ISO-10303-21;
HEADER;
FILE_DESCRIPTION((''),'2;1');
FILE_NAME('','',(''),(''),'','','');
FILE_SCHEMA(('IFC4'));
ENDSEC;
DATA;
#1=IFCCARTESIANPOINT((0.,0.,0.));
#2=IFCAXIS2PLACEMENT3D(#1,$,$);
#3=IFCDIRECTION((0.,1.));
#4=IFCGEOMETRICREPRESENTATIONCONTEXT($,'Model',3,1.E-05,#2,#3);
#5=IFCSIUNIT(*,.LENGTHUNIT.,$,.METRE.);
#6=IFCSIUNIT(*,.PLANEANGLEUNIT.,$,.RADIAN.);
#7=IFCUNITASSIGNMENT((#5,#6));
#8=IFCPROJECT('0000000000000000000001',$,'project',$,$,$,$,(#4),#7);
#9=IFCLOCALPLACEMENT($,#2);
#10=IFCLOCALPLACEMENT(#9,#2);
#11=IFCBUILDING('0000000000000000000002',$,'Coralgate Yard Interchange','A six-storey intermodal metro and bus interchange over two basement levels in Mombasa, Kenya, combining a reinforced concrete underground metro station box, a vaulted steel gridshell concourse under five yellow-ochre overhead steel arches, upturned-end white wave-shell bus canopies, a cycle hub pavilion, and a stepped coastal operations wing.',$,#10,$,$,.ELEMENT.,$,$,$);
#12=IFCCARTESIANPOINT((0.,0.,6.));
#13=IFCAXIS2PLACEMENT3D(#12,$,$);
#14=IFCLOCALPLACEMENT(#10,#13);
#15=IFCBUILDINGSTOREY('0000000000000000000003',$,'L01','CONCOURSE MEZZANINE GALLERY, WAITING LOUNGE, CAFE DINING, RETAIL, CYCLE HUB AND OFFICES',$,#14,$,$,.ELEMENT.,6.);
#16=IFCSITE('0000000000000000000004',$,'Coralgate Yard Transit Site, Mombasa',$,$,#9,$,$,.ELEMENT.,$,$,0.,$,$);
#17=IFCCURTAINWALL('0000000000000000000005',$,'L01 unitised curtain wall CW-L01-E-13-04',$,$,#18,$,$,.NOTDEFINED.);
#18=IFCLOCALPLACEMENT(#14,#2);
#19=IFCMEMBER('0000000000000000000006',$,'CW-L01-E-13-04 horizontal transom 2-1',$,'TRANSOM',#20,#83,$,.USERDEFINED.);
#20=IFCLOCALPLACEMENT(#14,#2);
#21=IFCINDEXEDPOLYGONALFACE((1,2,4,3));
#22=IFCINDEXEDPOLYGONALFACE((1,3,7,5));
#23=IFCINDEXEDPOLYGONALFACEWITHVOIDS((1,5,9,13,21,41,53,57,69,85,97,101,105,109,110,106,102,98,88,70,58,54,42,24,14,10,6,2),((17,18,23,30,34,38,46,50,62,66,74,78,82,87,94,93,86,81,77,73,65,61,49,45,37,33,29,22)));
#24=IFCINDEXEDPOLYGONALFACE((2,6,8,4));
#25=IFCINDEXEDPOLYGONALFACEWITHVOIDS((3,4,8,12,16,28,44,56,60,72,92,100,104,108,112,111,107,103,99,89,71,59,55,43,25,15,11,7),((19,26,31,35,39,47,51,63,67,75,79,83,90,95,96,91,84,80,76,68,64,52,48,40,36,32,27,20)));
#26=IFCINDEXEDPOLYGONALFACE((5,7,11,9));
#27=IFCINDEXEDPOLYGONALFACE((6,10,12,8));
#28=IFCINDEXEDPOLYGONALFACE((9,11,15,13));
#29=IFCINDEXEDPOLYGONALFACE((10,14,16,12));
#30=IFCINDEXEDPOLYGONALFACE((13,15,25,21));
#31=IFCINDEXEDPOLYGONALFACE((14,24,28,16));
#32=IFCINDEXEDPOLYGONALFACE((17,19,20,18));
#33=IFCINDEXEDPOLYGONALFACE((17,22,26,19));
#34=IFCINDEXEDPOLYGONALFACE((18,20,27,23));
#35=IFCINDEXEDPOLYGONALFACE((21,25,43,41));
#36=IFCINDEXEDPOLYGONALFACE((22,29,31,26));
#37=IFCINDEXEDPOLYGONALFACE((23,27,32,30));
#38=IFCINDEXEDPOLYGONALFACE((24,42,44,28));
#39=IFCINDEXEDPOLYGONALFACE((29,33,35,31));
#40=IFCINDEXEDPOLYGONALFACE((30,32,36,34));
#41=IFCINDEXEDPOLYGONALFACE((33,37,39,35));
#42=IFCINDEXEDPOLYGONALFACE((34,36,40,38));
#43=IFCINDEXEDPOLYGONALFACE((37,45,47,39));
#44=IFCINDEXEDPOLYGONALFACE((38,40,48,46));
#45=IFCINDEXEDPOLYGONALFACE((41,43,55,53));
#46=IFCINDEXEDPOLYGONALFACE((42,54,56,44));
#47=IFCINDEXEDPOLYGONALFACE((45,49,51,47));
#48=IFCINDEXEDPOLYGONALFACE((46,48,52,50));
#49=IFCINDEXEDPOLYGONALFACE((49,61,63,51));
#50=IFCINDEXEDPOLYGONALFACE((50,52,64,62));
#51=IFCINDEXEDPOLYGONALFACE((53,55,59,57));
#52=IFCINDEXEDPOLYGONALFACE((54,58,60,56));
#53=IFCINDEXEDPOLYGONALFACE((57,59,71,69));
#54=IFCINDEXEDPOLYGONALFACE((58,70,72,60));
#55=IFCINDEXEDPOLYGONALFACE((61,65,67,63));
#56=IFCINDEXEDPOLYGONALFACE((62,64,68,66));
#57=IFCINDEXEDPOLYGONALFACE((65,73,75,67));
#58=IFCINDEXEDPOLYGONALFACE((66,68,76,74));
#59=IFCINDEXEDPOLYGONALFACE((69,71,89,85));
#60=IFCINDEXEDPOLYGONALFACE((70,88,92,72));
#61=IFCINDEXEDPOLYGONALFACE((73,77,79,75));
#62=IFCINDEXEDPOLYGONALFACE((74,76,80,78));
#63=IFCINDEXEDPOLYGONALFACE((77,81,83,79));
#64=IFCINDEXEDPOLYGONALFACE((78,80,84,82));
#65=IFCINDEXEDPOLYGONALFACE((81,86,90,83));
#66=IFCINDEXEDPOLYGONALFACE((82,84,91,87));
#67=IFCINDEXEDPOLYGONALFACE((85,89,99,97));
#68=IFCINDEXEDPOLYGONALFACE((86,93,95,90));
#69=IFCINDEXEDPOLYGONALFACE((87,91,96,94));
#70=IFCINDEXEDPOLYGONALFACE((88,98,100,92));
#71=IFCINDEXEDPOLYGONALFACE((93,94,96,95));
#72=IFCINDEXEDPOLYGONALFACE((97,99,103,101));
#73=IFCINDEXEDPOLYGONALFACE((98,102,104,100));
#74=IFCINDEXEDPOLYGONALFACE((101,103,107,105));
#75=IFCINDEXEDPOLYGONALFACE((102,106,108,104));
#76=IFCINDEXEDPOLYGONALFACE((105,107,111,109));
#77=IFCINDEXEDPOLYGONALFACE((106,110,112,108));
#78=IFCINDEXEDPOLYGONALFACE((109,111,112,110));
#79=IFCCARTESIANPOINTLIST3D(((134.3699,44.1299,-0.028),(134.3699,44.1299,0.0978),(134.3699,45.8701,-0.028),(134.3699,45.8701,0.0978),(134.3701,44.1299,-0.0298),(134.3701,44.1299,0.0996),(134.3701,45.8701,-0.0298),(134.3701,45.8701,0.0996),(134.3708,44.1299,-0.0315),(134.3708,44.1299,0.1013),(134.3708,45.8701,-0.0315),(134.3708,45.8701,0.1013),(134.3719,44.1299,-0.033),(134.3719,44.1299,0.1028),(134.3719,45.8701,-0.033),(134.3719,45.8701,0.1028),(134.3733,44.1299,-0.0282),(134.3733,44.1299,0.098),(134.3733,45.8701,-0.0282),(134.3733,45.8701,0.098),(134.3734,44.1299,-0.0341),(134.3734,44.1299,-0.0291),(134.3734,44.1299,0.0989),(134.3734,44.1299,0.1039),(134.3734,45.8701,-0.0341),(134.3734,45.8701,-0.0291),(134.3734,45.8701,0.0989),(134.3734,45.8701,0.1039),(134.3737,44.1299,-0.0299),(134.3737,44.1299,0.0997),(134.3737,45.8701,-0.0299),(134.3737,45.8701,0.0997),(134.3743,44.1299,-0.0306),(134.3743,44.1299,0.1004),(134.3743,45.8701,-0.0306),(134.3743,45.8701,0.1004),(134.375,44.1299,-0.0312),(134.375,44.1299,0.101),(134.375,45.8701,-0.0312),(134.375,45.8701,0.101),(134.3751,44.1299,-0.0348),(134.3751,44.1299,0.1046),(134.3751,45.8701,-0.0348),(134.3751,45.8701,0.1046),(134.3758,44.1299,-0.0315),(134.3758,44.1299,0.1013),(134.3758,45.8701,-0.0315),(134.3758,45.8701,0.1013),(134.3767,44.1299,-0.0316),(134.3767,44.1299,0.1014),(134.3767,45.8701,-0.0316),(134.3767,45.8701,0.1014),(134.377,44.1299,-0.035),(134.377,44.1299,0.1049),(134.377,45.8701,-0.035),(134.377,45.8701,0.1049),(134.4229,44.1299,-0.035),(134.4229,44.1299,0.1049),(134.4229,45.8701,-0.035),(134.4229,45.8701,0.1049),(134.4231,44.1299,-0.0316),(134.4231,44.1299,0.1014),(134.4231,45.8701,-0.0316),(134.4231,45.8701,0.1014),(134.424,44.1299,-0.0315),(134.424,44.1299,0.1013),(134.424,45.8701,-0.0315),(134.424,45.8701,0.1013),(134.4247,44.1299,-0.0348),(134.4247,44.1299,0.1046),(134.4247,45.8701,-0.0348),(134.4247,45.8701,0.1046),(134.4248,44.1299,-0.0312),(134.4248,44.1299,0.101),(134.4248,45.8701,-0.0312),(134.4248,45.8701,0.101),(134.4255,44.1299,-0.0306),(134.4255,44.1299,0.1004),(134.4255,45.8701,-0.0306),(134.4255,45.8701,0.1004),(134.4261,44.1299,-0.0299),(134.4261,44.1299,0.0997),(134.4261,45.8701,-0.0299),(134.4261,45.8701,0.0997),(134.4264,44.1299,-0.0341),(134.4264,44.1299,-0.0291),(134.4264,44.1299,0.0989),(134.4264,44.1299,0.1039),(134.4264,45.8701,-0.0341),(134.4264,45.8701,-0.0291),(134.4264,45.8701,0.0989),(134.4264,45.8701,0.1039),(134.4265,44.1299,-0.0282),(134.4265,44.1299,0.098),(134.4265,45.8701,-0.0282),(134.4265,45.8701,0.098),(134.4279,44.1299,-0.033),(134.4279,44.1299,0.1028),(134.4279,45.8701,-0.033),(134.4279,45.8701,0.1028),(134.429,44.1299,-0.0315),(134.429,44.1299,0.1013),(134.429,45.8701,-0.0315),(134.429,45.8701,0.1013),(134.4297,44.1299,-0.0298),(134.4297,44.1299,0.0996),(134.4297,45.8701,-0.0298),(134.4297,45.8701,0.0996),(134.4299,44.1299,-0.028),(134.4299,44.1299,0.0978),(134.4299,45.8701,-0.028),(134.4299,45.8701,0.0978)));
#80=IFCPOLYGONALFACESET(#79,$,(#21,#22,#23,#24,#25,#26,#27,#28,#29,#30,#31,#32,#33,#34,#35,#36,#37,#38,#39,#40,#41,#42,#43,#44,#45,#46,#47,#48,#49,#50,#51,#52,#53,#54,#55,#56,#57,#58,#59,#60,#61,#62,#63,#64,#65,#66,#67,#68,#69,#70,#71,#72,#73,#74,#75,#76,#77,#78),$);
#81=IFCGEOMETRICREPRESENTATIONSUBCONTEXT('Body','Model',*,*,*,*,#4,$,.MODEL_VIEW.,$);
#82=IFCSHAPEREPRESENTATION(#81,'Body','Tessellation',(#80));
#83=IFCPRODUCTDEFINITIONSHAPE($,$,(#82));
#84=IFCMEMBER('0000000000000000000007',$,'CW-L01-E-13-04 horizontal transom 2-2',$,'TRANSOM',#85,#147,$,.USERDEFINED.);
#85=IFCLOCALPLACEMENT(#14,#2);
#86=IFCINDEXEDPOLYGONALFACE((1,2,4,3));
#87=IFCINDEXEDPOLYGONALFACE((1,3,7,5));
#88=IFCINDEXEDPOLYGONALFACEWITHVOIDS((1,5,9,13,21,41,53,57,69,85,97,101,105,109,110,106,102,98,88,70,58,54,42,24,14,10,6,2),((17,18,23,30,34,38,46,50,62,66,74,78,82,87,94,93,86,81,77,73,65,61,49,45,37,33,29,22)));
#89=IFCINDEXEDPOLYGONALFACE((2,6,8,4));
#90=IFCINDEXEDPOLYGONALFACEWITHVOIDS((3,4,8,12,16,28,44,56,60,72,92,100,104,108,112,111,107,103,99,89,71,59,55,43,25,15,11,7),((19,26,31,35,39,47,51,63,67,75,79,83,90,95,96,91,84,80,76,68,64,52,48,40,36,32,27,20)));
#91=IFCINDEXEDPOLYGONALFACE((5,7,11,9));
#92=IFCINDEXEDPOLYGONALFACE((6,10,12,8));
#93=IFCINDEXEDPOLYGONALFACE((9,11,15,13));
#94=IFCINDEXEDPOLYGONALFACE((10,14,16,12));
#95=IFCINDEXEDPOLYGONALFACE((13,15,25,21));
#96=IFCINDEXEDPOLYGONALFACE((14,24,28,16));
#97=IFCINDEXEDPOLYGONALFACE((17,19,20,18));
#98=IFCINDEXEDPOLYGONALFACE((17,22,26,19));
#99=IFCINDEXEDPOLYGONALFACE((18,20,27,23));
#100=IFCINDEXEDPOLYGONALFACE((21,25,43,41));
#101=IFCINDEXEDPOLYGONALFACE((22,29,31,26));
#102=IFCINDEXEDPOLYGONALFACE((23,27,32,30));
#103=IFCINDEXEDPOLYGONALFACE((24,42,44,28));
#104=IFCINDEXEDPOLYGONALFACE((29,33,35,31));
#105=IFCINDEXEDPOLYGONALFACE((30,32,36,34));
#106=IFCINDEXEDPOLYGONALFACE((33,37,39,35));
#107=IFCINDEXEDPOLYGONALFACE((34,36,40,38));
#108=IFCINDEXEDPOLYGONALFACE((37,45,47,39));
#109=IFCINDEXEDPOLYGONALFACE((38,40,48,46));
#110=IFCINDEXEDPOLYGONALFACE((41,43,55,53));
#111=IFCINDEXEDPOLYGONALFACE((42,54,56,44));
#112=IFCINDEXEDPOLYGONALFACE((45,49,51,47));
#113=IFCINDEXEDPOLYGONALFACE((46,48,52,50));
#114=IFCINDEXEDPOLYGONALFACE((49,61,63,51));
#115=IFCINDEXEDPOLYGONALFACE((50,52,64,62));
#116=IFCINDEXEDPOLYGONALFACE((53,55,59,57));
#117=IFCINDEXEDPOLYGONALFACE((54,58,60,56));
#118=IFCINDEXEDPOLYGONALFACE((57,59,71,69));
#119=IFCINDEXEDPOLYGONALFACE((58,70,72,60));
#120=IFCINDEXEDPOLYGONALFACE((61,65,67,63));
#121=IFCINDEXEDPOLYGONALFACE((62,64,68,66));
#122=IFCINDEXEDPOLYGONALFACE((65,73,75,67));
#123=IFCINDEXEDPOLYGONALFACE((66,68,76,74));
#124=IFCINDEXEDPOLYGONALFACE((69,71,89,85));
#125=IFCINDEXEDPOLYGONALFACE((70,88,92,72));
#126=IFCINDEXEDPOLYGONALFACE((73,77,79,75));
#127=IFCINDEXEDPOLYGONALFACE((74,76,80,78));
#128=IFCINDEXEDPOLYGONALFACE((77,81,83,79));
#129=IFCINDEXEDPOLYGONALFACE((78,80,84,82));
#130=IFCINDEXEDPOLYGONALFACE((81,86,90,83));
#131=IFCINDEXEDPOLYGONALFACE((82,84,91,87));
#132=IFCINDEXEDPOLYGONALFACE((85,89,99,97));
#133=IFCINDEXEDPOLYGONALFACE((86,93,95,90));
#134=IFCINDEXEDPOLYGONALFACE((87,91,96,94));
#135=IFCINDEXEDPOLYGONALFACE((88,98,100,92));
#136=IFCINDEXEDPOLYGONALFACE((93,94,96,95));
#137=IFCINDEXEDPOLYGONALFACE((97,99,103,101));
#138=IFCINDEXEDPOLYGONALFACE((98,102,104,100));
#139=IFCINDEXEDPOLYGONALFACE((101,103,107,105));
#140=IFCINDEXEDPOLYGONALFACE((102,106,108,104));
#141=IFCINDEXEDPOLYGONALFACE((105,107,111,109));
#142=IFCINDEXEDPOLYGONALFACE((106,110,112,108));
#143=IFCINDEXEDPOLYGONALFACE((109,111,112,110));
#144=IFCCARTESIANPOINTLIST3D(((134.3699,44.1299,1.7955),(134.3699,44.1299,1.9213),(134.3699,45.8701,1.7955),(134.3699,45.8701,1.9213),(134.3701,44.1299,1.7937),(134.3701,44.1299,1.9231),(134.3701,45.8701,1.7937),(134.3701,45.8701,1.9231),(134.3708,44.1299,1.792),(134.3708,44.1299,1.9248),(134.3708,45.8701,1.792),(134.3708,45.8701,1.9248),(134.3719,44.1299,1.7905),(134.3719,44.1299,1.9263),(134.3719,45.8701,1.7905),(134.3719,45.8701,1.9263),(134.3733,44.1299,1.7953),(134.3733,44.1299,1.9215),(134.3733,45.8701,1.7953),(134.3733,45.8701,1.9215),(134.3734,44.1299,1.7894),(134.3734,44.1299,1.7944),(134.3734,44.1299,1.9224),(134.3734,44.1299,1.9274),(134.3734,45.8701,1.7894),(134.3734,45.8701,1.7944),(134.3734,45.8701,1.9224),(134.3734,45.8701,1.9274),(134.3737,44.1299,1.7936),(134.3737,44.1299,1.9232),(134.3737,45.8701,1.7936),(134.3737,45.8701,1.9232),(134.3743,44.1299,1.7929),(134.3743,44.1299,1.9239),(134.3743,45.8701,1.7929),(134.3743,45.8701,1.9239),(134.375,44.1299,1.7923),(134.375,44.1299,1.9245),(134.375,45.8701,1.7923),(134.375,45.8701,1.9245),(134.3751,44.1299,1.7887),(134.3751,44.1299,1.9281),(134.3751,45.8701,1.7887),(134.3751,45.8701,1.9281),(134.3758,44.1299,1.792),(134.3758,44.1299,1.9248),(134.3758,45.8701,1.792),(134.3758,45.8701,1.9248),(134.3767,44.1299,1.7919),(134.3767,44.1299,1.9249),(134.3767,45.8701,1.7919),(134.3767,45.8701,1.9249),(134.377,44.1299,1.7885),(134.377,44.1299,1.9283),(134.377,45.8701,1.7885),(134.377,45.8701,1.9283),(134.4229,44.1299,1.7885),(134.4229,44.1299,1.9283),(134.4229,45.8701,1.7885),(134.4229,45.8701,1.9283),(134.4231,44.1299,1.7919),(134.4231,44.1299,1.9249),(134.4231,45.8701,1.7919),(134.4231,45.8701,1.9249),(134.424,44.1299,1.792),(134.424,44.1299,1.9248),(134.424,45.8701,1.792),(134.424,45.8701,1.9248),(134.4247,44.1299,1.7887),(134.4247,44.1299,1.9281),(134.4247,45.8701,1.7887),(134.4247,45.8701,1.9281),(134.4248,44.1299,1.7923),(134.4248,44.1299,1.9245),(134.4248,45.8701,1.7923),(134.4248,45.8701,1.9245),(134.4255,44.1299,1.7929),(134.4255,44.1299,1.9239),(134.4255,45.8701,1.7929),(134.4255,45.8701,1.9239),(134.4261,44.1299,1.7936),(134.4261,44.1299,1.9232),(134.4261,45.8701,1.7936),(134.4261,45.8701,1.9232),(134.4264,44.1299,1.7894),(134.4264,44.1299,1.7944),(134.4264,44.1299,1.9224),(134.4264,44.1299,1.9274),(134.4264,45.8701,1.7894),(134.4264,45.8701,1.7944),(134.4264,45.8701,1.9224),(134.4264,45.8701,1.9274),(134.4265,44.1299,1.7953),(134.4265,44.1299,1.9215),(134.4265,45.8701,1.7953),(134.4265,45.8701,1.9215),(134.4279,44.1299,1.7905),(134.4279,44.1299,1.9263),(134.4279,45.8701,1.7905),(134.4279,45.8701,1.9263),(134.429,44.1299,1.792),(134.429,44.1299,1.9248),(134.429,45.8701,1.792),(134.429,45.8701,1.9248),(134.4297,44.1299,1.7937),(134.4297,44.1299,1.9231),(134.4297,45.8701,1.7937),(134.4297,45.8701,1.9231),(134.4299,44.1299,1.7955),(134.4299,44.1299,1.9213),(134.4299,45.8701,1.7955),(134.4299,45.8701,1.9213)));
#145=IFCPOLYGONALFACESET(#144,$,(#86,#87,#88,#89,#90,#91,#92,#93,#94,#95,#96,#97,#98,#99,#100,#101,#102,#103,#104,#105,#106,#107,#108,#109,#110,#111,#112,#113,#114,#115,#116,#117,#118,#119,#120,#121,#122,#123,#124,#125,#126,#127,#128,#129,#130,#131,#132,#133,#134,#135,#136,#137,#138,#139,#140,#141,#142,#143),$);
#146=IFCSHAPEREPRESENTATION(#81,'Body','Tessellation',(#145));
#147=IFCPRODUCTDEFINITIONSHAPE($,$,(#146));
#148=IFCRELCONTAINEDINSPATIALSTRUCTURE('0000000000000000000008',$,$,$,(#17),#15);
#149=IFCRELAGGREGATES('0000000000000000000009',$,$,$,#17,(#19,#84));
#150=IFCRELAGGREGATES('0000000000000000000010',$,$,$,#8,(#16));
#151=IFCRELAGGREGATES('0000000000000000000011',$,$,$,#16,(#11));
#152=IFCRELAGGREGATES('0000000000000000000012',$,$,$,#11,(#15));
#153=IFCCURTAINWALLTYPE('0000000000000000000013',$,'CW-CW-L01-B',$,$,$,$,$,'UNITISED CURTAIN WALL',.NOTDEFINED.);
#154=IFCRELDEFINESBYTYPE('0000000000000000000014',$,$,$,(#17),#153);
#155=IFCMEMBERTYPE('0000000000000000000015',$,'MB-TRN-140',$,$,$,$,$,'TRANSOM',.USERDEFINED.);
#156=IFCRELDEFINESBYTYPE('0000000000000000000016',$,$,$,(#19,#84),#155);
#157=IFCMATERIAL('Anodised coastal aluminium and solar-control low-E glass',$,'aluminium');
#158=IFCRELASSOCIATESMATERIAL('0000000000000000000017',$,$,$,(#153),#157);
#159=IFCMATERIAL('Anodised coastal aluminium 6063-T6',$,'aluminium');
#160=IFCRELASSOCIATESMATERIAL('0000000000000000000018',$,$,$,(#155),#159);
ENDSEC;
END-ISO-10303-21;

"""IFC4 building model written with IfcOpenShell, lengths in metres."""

from ifc_helpers import new_model, si_unit, direction, frame, origin, origin_2d, place, context, subcontext, project, spatial, hollow_rectangle, extrude, material, material_profile, profile_set, type_object, element, aggregate, save


model = new_model("IFC4")

# Units and contexts
model_context = context("Model", 3, precision=1e-05, world=origin(), true_north=direction((0.0, 1.0)))
body_context = subcontext(model_context, "Body", "Model", "MODEL_VIEW")
ifc_project = project(units=[si_unit("LENGTHUNIT", "METRE"), si_unit("PLANEANGLEUNIT", "RADIAN")], contexts=[model_context])

# Site, building, storey
site_placement = place(None, origin())
site = spatial("IfcSite", under=ifc_project, at=site_placement, Name="Coralgate Yard Transit Site, Mombasa", CompositionType="ELEMENT", RefElevation=0.0)
building_placement = place(site_placement, origin())
building = spatial("IfcBuilding", under=site, at=building_placement, Name="Coralgate Yard Interchange", Description="A six-storey intermodal metro and bus interchange over two basement levels in Mombasa, Kenya, combining a reinforced concrete underground metro station box, a vaulted steel gridshell concourse under five yellow-ochre overhead steel arches, upturned-end white wave-shell bus canopies, a cycle hub pavilion, and a stepped coastal operations wing.", CompositionType="ELEMENT")
storey_placement = place(building_placement, frame((0.0, 0.0, 6.0)))
storey = spatial("IfcBuildingStorey", under=building, at=storey_placement, Name="L01", Description="CONCOURSE MEZZANINE GALLERY, WAITING LOUNGE, CAFE DINING, RETAIL, CYCLE HUB AND OFFICES", CompositionType="ELEMENT", Elevation=6.0)

# Curtain wall, members
ifc_material_1 = material(Name="Anodised coastal aluminium and solar-control low-E glass", Category="aluminium")
curtain_wall_type = type_object("IfcCurtainWallType", Name="CW-CW-L01-B", ElementType="UNITISED CURTAIN WALL", PredefinedType="NOTDEFINED", material=ifc_material_1)
curtain_wall_placement = place(storey_placement, origin())
curtain_wall = element("IfcCurtainWall", 1, at=curtain_wall_placement, inside=storey, type_object=curtain_wall_type, Name="L01 unitised curtain wall CW-L01-E-13-04", PredefinedType="NOTDEFINED")
ifc_material_2 = material(Name="Anodised coastal aluminium 6063-T6", Category="aluminium")
ifc_material_profile_1 = material_profile(ifc_material_2, hollow_rectangle(XDim=0.0601, YDim=0.1399, WallThickness=0.0034, InnerFilletRadius=0.0034, OuterFilletRadius=0.0071, at=origin_2d()), Name="ALU 60x140x3.5")
ifc_profile_set_1 = profile_set([ifc_material_profile_1], Name="Anodised coastal aluminium 6063-T6")
member_type_1 = type_object("IfcMemberType", Name="MB-TRN-140", ElementType="TRANSOM", PredefinedType="USERDEFINED", material=ifc_profile_set_1)
member_1_placement = place(storey_placement, frame((134.3999, 45.8701, 0.0349), z_axis=(0.0, -1.0, 0.0), x_axis=(1.0, 0.0, 0.0)))
member_1 = element("IfcMember", 2, at=member_1_placement, type_object=member_type_1, Name="CW-L01-E-13-04 horizontal transom 2-1", ObjectType="TRANSOM", PredefinedType="USERDEFINED", context=body_context, shape_type="SweptSolid", body=[
    extrude(hollow_rectangle(XDim=0.0601, YDim=0.1399, WallThickness=0.0034, InnerFilletRadius=0.0034, OuterFilletRadius=0.0071, at=origin_2d()), origin(), (0.0, 0.0, 1.0), 1.7402),
])
member_2_placement = place(storey_placement, frame((134.3999, 45.8701, 1.8584), z_axis=(0.0, -1.0, 0.0), x_axis=(1.0, 0.0, 0.0)))
member_2 = element("IfcMember", 3, at=member_2_placement, type_object=member_type_1, Name="CW-L01-E-13-04 horizontal transom 2-2", ObjectType="TRANSOM", PredefinedType="USERDEFINED", context=body_context, shape_type="SweptSolid", body=[
    extrude(hollow_rectangle(XDim=0.0601, YDim=0.1399, WallThickness=0.0034, InnerFilletRadius=0.0034, OuterFilletRadius=0.0071, at=origin_2d()), origin(), (0.0, 0.0, 1.0), 1.7402),
])
aggregate(curtain_wall, [member_1, member_2])

save(model, "model.ifc")
